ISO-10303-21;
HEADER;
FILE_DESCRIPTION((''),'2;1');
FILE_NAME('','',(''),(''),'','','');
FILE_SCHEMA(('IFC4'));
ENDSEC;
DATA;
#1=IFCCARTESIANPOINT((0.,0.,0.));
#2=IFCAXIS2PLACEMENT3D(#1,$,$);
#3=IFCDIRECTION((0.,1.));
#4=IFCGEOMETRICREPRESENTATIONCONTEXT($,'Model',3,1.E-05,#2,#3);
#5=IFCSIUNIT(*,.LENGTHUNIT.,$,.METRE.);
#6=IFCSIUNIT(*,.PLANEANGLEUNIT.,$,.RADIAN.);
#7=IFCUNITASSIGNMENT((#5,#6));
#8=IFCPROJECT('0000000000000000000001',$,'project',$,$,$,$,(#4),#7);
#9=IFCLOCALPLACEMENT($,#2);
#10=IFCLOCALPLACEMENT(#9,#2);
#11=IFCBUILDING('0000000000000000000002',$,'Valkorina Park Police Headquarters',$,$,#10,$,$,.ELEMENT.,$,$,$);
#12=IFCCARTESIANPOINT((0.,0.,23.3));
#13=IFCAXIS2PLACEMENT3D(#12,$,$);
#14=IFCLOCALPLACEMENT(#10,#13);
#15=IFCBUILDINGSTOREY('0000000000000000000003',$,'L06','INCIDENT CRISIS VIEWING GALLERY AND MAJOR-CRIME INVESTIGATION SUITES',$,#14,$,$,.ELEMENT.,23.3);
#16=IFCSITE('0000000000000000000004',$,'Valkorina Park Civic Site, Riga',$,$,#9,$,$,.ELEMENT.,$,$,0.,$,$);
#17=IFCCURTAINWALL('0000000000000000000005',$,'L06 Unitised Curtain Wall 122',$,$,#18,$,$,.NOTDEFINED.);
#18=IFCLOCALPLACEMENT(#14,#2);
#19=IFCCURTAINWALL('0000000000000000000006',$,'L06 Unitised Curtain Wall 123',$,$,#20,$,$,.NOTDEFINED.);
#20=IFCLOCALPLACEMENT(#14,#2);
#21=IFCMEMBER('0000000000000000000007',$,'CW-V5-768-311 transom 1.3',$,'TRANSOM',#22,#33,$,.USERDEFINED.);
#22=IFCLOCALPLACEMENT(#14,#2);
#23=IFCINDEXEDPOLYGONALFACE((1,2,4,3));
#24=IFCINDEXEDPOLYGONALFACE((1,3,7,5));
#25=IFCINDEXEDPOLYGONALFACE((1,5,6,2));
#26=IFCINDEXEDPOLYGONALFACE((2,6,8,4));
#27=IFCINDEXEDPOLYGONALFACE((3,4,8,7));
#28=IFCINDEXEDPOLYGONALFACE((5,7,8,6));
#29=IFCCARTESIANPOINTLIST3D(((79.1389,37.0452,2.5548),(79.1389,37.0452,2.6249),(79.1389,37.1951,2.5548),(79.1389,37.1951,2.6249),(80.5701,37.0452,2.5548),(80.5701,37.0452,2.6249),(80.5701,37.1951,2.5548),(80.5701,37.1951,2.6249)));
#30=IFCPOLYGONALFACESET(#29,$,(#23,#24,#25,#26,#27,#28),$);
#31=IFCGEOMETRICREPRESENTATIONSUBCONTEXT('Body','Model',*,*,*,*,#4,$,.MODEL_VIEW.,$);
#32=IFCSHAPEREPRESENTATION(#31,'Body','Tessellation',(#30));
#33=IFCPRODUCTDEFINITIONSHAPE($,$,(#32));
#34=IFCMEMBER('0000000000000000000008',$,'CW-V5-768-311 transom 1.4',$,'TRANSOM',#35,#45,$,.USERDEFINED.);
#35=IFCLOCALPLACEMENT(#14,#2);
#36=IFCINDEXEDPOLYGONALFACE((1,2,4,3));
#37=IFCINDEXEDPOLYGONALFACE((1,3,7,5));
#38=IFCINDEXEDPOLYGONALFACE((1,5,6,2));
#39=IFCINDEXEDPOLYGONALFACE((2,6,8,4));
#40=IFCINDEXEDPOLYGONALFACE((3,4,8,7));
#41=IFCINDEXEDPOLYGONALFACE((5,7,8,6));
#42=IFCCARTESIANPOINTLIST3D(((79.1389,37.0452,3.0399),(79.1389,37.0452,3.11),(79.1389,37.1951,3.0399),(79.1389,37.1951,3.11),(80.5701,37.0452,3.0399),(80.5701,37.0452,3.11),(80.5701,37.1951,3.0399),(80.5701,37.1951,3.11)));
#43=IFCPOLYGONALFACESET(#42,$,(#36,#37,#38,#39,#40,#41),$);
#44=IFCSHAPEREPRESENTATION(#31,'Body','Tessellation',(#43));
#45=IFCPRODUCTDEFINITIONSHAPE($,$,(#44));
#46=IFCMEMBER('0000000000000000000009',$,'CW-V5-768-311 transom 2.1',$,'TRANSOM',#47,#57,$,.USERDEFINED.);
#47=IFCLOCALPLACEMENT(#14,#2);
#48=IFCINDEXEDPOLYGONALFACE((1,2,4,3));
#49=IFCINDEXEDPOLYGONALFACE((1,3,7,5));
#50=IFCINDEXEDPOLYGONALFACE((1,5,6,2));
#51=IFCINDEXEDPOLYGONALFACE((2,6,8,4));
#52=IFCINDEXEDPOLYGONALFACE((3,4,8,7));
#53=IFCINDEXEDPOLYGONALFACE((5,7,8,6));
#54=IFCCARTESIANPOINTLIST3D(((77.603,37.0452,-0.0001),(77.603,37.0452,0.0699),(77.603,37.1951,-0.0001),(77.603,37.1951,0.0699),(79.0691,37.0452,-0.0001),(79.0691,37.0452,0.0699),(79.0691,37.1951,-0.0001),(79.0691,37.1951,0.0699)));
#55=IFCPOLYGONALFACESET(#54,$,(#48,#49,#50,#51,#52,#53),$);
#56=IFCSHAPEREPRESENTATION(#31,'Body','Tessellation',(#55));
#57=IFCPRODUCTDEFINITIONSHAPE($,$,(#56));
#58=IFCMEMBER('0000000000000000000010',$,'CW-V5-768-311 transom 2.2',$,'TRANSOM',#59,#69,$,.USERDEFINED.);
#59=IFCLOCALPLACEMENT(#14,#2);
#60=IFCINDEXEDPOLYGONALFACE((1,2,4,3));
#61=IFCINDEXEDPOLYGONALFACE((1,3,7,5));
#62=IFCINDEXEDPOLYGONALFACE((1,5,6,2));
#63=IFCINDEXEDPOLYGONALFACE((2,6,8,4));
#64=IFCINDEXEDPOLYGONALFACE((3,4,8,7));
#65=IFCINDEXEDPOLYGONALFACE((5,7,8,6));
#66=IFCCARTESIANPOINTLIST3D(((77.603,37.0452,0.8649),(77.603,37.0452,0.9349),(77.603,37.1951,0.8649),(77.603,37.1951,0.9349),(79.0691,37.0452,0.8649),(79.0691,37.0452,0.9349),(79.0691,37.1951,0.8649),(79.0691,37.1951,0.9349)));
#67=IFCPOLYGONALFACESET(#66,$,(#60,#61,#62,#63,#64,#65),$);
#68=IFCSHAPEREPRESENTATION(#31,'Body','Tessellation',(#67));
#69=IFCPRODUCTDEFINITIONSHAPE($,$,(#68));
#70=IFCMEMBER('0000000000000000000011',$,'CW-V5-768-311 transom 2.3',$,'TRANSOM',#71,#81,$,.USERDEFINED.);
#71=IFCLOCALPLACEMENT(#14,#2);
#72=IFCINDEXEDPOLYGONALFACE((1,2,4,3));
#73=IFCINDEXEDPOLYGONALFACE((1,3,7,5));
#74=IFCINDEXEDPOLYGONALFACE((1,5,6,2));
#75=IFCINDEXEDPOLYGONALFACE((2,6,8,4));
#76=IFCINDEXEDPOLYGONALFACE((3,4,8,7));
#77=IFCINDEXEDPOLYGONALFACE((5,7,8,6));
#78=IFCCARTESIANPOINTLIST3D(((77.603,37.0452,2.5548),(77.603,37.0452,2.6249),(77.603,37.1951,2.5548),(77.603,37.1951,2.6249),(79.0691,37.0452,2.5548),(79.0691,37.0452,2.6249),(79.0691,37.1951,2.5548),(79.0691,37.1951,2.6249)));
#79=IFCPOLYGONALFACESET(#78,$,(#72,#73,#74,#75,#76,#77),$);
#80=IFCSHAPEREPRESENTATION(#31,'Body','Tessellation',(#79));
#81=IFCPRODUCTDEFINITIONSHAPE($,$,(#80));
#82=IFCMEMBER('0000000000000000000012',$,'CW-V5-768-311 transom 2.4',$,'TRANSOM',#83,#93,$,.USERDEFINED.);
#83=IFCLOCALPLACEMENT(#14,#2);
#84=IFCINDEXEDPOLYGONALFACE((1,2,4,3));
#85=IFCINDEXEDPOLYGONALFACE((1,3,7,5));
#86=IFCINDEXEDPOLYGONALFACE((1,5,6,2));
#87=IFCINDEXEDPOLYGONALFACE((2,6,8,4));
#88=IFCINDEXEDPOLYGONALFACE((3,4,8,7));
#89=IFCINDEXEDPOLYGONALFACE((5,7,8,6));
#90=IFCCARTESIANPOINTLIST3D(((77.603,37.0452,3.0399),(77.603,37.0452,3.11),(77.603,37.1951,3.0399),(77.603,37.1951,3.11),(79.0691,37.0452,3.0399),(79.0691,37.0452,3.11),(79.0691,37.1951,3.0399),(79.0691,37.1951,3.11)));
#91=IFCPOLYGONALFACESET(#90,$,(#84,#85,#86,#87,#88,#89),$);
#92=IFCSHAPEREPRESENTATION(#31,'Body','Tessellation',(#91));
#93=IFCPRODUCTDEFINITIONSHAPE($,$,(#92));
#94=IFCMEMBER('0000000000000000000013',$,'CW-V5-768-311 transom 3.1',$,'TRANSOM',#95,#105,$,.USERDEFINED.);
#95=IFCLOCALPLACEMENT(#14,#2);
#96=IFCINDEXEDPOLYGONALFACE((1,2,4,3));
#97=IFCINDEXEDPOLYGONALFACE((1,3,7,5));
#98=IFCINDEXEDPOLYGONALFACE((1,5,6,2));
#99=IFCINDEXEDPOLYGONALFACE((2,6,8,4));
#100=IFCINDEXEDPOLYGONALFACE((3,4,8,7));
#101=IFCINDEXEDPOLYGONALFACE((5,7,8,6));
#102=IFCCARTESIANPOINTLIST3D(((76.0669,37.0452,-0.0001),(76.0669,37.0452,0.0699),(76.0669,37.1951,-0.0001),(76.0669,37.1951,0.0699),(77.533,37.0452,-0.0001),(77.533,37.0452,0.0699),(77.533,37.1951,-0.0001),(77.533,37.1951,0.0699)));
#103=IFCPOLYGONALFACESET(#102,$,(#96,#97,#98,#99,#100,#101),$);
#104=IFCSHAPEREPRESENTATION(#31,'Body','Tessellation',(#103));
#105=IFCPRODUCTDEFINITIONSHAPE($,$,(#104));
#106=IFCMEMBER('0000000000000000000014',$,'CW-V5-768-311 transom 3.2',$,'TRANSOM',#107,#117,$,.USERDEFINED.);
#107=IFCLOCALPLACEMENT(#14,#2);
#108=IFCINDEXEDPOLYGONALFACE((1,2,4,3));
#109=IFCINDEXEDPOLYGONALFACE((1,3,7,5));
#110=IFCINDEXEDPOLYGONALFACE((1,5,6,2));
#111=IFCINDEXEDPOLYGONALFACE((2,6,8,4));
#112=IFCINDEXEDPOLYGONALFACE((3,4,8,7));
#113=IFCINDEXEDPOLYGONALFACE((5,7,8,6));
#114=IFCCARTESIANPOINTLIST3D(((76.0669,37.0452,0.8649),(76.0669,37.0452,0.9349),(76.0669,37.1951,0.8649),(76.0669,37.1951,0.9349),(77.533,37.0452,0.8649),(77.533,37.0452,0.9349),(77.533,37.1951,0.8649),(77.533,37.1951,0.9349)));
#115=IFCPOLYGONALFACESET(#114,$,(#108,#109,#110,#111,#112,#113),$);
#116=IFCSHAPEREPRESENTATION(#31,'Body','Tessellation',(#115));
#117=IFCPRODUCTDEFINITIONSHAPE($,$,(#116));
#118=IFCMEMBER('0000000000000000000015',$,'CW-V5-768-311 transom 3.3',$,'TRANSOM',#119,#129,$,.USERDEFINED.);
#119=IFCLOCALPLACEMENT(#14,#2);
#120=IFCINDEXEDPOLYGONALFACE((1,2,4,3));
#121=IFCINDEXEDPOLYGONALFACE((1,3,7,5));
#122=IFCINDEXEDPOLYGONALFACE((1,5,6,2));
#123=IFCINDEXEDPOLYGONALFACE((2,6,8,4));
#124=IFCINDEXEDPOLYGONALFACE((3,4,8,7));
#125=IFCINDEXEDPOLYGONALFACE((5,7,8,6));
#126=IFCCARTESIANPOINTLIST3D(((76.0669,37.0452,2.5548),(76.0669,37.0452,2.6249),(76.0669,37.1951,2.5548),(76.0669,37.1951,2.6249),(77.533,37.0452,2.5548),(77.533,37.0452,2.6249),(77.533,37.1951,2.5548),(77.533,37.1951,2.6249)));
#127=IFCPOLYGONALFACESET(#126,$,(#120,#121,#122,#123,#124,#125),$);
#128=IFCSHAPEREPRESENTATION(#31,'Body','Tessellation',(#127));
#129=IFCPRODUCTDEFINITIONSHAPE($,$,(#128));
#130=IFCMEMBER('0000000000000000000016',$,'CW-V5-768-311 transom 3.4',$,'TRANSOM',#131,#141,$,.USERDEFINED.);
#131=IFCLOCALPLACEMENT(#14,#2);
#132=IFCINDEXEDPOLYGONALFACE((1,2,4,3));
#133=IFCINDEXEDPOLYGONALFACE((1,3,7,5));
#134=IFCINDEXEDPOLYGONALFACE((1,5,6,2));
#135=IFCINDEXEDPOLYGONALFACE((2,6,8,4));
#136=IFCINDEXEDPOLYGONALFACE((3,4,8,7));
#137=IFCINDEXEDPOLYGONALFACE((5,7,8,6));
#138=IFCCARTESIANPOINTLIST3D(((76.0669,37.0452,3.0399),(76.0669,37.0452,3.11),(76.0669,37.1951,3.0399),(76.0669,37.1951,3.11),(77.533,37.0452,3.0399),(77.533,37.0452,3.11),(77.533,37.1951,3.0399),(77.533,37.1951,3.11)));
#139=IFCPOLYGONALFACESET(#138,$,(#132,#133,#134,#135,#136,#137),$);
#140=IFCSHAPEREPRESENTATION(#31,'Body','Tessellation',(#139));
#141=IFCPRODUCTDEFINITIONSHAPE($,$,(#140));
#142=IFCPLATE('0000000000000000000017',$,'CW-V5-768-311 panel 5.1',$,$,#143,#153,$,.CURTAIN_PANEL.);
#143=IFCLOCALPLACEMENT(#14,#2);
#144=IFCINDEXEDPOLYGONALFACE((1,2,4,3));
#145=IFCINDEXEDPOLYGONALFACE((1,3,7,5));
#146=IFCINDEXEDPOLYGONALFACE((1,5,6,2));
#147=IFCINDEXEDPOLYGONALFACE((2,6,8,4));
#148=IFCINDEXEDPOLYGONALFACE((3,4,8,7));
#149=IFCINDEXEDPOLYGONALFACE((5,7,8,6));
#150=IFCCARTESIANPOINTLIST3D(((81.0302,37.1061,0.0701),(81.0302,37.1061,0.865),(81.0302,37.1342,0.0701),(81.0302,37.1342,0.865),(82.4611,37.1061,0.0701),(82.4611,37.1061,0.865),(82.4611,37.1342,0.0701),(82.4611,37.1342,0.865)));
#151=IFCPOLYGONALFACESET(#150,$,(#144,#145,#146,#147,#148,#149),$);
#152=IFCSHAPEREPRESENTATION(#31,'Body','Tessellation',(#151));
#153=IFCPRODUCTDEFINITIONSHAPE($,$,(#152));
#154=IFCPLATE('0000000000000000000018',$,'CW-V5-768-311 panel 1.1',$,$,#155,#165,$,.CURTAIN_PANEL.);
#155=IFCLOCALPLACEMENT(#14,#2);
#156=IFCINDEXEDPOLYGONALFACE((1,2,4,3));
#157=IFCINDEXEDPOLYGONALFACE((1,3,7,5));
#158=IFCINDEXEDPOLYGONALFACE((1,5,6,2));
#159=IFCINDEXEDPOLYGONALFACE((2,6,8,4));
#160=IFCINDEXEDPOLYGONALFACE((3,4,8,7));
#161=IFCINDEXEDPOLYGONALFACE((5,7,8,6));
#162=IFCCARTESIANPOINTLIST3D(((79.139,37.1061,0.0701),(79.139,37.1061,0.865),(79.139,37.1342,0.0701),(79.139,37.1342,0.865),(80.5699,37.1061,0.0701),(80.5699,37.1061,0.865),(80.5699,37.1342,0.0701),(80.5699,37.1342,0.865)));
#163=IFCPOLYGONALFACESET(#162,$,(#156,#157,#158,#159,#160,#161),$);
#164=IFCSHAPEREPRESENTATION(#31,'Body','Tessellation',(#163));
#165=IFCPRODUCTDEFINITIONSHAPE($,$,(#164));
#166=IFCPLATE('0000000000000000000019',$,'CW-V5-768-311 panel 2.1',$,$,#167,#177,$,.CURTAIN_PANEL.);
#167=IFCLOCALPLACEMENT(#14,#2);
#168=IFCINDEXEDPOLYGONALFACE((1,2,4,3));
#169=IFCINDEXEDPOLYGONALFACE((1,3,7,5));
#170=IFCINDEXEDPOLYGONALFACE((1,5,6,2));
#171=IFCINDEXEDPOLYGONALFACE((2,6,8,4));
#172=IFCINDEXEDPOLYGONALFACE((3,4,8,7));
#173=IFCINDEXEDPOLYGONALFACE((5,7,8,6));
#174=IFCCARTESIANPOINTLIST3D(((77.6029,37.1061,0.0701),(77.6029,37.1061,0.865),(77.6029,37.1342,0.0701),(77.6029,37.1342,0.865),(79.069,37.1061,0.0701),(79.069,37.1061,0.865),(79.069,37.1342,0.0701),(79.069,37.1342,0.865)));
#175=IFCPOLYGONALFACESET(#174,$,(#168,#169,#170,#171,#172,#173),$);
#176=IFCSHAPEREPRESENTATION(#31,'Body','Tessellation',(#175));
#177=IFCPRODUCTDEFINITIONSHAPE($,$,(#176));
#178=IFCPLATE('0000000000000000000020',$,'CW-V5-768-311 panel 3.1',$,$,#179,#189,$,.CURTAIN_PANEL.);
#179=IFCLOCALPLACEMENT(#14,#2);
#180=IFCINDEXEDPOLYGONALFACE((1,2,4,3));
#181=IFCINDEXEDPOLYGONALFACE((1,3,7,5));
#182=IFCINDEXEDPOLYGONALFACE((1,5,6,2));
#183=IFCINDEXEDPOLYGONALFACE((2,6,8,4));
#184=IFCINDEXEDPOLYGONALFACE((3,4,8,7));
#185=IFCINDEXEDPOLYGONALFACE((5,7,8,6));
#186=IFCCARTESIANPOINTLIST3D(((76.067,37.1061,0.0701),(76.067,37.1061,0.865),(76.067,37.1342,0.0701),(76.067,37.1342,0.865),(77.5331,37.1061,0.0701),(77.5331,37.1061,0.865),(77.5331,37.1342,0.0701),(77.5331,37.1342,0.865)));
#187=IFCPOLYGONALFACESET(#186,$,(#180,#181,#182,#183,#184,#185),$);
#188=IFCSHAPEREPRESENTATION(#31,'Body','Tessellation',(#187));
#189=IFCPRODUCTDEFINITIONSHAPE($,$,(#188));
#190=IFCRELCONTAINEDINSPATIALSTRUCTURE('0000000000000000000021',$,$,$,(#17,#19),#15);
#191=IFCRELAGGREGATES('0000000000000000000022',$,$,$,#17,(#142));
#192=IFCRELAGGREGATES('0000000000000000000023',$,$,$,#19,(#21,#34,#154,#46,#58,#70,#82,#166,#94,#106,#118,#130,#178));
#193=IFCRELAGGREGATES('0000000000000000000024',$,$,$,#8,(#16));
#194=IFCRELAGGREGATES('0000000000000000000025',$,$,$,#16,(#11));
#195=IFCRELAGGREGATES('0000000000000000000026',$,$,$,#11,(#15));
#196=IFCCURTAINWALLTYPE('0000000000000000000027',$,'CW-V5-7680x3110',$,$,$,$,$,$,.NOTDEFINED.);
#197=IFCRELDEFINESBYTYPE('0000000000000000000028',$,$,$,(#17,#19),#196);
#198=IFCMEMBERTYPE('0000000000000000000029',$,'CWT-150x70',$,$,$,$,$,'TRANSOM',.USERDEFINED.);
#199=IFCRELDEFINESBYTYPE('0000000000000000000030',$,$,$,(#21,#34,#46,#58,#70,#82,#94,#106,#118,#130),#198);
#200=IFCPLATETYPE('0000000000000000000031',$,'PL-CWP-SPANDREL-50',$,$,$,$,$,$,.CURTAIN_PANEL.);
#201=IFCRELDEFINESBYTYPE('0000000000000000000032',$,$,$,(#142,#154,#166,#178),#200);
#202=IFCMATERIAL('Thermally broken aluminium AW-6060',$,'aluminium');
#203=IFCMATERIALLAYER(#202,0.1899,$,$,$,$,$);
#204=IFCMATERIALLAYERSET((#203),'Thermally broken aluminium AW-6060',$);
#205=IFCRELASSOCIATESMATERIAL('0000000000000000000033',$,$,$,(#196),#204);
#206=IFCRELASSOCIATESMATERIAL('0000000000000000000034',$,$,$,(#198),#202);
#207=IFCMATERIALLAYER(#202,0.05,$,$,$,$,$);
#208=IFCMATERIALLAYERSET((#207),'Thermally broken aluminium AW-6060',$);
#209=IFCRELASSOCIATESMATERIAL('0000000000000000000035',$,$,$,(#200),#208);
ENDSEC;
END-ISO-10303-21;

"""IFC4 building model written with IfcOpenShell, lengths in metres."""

from ifc_helpers import new_model, si_unit, direction, frame, origin, origin_2d, place, context, subcontext, project, spatial, rectangle, extrude, material, layer, layer_set, material_profile, profile_set, type_object, element, aggregate, save


model = new_model("IFC4")

# Units and contexts
model_context = context("Model", 3, precision=1e-05, world=origin(), true_north=direction((0.0, 1.0)))
body_context = subcontext(model_context, "Body", "Model", "MODEL_VIEW")
ifc_project = project(units=[si_unit("LENGTHUNIT", "METRE"), si_unit("PLANEANGLEUNIT", "RADIAN")], contexts=[model_context])

# Site, building, storey
site_placement = place(None, origin())
site = spatial("IfcSite", under=ifc_project, at=site_placement, Name="Valkorina Park Civic Site, Riga", CompositionType="ELEMENT", RefElevation=0.0)
building_placement = place(site_placement, origin())
building = spatial("IfcBuilding", under=site, at=building_placement, Name="Valkorina Park Police Headquarters", CompositionType="ELEMENT")
storey_placement = place(building_placement, frame((0.0, 0.0, 23.3)))
storey = spatial("IfcBuildingStorey", under=building, at=storey_placement, Name="L06", Description="INCIDENT CRISIS VIEWING GALLERY AND MAJOR-CRIME INVESTIGATION SUITES", CompositionType="ELEMENT", Elevation=23.3)

# Curtain wall
ifc_material_1 = material(Name="Thermally broken aluminium AW-6060", Category="aluminium")
ifc_layer_1 = layer(ifc_material_1, 0.1899)
ifc_layer_set_1 = layer_set([ifc_layer_1], Name="Thermally broken aluminium AW-6060")
curtain_wall_type = type_object("IfcCurtainWallType", Name="CW-V5-7680x3110", PredefinedType="NOTDEFINED", material=ifc_layer_set_1)
curtain_wall_1_placement = place(storey_placement, origin())
curtain_wall_1 = element("IfcCurtainWall", 1, at=curtain_wall_1_placement, inside=storey, type_object=curtain_wall_type, Name="L06 Unitised Curtain Wall 122", PredefinedType="NOTDEFINED")

# Curtain wall, members
curtain_wall_2_placement = place(storey_placement, origin())
curtain_wall_2 = element("IfcCurtainWall", 2, at=curtain_wall_2_placement, inside=storey, type_object=curtain_wall_type, Name="L06 Unitised Curtain Wall 123", PredefinedType="NOTDEFINED")
ifc_material_profile_1 = material_profile(ifc_material_1, rectangle(XDim=0.1499, YDim=0.0701, at=origin_2d()), Name="CWT-02 150x70")
ifc_profile_set_1 = profile_set([ifc_material_profile_1], Name="Thermally broken aluminium AW-6060")
member_type_1 = type_object("IfcMemberType", Name="CWT-150x70", ElementType="TRANSOM", PredefinedType="USERDEFINED", material=ifc_profile_set_1)
member_1_placement = place(storey_placement, frame((80.5701, 37.1201, 2.5898), z_axis=(-1.0, 0.0, 0.0), x_axis=(0.0, -1.0, 0.0)))
member_1 = element("IfcMember", 3, at=member_1_placement, type_object=member_type_1, Name="CW-V5-768-311 transom 1.3", ObjectType="TRANSOM", PredefinedType="USERDEFINED", context=body_context, shape_type="SweptSolid", body=[
    extrude(rectangle(XDim=0.1499, YDim=0.0701, at=origin_2d()), origin(), (0.0, 0.0, 1.0), 1.4312),
])
member_2_placement = place(storey_placement, frame((80.5701, 37.1201, 3.075), z_axis=(-1.0, 0.0, 0.0), x_axis=(0.0, -1.0, 0.0)))
member_2 = element("IfcMember", 4, at=member_2_placement, type_object=member_type_1, Name="CW-V5-768-311 transom 1.4", ObjectType="TRANSOM", PredefinedType="USERDEFINED", context=body_context, shape_type="SweptSolid", body=[
    extrude(rectangle(XDim=0.1499, YDim=0.0701, at=origin_2d()), origin(), (0.0, 0.0, 1.0), 1.4312),
])
member_3_placement = place(storey_placement, frame((79.0691, 37.1201, 0.0349), z_axis=(-1.0, 0.0, 0.0), x_axis=(0.0, -1.0, 0.0)))
member_3 = element("IfcMember", 5, at=member_3_placement, type_object=member_type_1, Name="CW-V5-768-311 transom 2.1", ObjectType="TRANSOM", PredefinedType="USERDEFINED", context=body_context, shape_type="SweptSolid", body=[
    extrude(rectangle(XDim=0.1499, YDim=0.0701, at=origin_2d()), origin(), (0.0, 0.0, 1.0), 1.4661),
])
member_4_placement = place(storey_placement, frame((79.0691, 37.1201, 0.8999), z_axis=(-1.0, 0.0, 0.0), x_axis=(0.0, -1.0, 0.0)))
member_4 = element("IfcMember", 6, at=member_4_placement, type_object=member_type_1, Name="CW-V5-768-311 transom 2.2", ObjectType="TRANSOM", PredefinedType="USERDEFINED", context=body_context, shape_type="SweptSolid", body=[
    extrude(rectangle(XDim=0.1499, YDim=0.0701, at=origin_2d()), origin(), (0.0, 0.0, 1.0), 1.4661),
])
member_5_placement = place(storey_placement, frame((79.0691, 37.1201, 2.5898), z_axis=(-1.0, 0.0, 0.0), x_axis=(0.0, -1.0, 0.0)))
member_5 = element("IfcMember", 7, at=member_5_placement, type_object=member_type_1, Name="CW-V5-768-311 transom 2.3", ObjectType="TRANSOM", PredefinedType="USERDEFINED", context=body_context, shape_type="SweptSolid", body=[
    extrude(rectangle(XDim=0.1499, YDim=0.0701, at=origin_2d()), origin(), (0.0, 0.0, 1.0), 1.4661),
])
member_6_placement = place(storey_placement, frame((79.0691, 37.1201, 3.075), z_axis=(-1.0, 0.0, 0.0), x_axis=(0.0, -1.0, 0.0)))
member_6 = element("IfcMember", 8, at=member_6_placement, type_object=member_type_1, Name="CW-V5-768-311 transom 2.4", ObjectType="TRANSOM", PredefinedType="USERDEFINED", context=body_context, shape_type="SweptSolid", body=[
    extrude(rectangle(XDim=0.1499, YDim=0.0701, at=origin_2d()), origin(), (0.0, 0.0, 1.0), 1.4661),
])
member_7_placement = place(storey_placement, frame((77.533, 37.1201, 0.0349), z_axis=(-1.0, 0.0, 0.0), x_axis=(0.0, -1.0, 0.0)))
member_7 = element("IfcMember", 9, at=member_7_placement, type_object=member_type_1, Name="CW-V5-768-311 transom 3.1", ObjectType="TRANSOM", PredefinedType="USERDEFINED", context=body_context, shape_type="SweptSolid", body=[
    extrude(rectangle(XDim=0.1499, YDim=0.0701, at=origin_2d()), origin(), (0.0, 0.0, 1.0), 1.4661),
])
member_8_placement = place(storey_placement, frame((77.533, 37.1201, 0.8999), z_axis=(-1.0, 0.0, 0.0), x_axis=(0.0, -1.0, 0.0)))
member_8 = element("IfcMember", 10, at=member_8_placement, type_object=member_type_1, Name="CW-V5-768-311 transom 3.2", ObjectType="TRANSOM", PredefinedType="USERDEFINED", context=body_context, shape_type="SweptSolid", body=[
    extrude(rectangle(XDim=0.1499, YDim=0.0701, at=origin_2d()), origin(), (0.0, 0.0, 1.0), 1.4661),
])
member_9_placement = place(storey_placement, frame((77.533, 37.1201, 2.5898), z_axis=(-1.0, 0.0, 0.0), x_axis=(0.0, -1.0, 0.0)))
member_9 = element("IfcMember", 11, at=member_9_placement, type_object=member_type_1, Name="CW-V5-768-311 transom 3.3", ObjectType="TRANSOM", PredefinedType="USERDEFINED", context=body_context, shape_type="SweptSolid", body=[
    extrude(rectangle(XDim=0.1499, YDim=0.0701, at=origin_2d()), origin(), (0.0, 0.0, 1.0), 1.4661),
])
member_10_placement = place(storey_placement, frame((77.533, 37.1201, 3.075), z_axis=(-1.0, 0.0, 0.0), x_axis=(0.0, -1.0, 0.0)))
member_10 = element("IfcMember", 12, at=member_10_placement, type_object=member_type_1, Name="CW-V5-768-311 transom 3.4", ObjectType="TRANSOM", PredefinedType="USERDEFINED", context=body_context, shape_type="SweptSolid", body=[
    extrude(rectangle(XDim=0.1499, YDim=0.0701, at=origin_2d()), origin(), (0.0, 0.0, 1.0), 1.4661),
])

# Plates
ifc_layer_2 = layer(ifc_material_1, 0.05)
ifc_layer_set_2 = layer_set([ifc_layer_2], Name="Thermally broken aluminium AW-6060")
plate_type_1 = type_object("IfcPlateType", Name="PL-CWP-SPANDREL-50", PredefinedType="CURTAIN_PANEL", material=ifc_layer_set_2)
plate_1_placement = place(storey_placement, frame((81.7456, 37.1201, 0.0701), z_axis=(0.0, 0.0, 1.0), x_axis=(-1.0, 0.0, 0.0)))
plate_1 = element("IfcPlate", 13, at=plate_1_placement, type_object=plate_type_1, Name="CW-V5-768-311 panel 5.1", PredefinedType="CURTAIN_PANEL", context=body_context, shape_type="SweptSolid", body=[
    extrude(rectangle(XDim=1.4309, YDim=0.0281, at=origin_2d()), origin(), (0.0, 0.0, 1.0), 0.7949),
])
aggregate(curtain_wall_1, [plate_1])
plate_2_placement = place(storey_placement, frame((79.8545, 37.1201, 0.0701), z_axis=(0.0, 0.0, 1.0), x_axis=(-1.0, 0.0, 0.0)))
plate_2 = element("IfcPlate", 14, at=plate_2_placement, type_object=plate_type_1, Name="CW-V5-768-311 panel 1.1", PredefinedType="CURTAIN_PANEL", context=body_context, shape_type="SweptSolid", body=[
    extrude(rectangle(XDim=1.4309, YDim=0.0281, at=origin_2d()), origin(), (0.0, 0.0, 1.0), 0.7949),
])
plate_3_placement = place(storey_placement, frame((78.3359, 37.1201, 0.0701), z_axis=(0.0, 0.0, 1.0), x_axis=(-1.0, 0.0, 0.0)))
plate_3 = element("IfcPlate", 15, at=plate_3_placement, type_object=plate_type_1, Name="CW-V5-768-311 panel 2.1", PredefinedType="CURTAIN_PANEL", context=body_context, shape_type="SweptSolid", body=[
    extrude(rectangle(XDim=1.4661, YDim=0.0281, at=origin_2d()), origin(), (0.0, 0.0, 1.0), 0.7949),
])
plate_4_placement = place(storey_placement, frame((76.8, 37.1201, 0.0701), z_axis=(0.0, 0.0, 1.0), x_axis=(-1.0, 0.0, 0.0)))
plate_4 = element("IfcPlate", 16, at=plate_4_placement, type_object=plate_type_1, Name="CW-V5-768-311 panel 3.1", PredefinedType="CURTAIN_PANEL", context=body_context, shape_type="SweptSolid", body=[
    extrude(rectangle(XDim=1.4661, YDim=0.0281, at=origin_2d()), origin(), (0.0, 0.0, 1.0), 0.7949),
])
aggregate(curtain_wall_2, [member_1, member_2, plate_2, member_3, member_4, member_5, member_6, plate_3, member_7, member_8, member_9, member_10, plate_4])

save(model, "model.ifc")
